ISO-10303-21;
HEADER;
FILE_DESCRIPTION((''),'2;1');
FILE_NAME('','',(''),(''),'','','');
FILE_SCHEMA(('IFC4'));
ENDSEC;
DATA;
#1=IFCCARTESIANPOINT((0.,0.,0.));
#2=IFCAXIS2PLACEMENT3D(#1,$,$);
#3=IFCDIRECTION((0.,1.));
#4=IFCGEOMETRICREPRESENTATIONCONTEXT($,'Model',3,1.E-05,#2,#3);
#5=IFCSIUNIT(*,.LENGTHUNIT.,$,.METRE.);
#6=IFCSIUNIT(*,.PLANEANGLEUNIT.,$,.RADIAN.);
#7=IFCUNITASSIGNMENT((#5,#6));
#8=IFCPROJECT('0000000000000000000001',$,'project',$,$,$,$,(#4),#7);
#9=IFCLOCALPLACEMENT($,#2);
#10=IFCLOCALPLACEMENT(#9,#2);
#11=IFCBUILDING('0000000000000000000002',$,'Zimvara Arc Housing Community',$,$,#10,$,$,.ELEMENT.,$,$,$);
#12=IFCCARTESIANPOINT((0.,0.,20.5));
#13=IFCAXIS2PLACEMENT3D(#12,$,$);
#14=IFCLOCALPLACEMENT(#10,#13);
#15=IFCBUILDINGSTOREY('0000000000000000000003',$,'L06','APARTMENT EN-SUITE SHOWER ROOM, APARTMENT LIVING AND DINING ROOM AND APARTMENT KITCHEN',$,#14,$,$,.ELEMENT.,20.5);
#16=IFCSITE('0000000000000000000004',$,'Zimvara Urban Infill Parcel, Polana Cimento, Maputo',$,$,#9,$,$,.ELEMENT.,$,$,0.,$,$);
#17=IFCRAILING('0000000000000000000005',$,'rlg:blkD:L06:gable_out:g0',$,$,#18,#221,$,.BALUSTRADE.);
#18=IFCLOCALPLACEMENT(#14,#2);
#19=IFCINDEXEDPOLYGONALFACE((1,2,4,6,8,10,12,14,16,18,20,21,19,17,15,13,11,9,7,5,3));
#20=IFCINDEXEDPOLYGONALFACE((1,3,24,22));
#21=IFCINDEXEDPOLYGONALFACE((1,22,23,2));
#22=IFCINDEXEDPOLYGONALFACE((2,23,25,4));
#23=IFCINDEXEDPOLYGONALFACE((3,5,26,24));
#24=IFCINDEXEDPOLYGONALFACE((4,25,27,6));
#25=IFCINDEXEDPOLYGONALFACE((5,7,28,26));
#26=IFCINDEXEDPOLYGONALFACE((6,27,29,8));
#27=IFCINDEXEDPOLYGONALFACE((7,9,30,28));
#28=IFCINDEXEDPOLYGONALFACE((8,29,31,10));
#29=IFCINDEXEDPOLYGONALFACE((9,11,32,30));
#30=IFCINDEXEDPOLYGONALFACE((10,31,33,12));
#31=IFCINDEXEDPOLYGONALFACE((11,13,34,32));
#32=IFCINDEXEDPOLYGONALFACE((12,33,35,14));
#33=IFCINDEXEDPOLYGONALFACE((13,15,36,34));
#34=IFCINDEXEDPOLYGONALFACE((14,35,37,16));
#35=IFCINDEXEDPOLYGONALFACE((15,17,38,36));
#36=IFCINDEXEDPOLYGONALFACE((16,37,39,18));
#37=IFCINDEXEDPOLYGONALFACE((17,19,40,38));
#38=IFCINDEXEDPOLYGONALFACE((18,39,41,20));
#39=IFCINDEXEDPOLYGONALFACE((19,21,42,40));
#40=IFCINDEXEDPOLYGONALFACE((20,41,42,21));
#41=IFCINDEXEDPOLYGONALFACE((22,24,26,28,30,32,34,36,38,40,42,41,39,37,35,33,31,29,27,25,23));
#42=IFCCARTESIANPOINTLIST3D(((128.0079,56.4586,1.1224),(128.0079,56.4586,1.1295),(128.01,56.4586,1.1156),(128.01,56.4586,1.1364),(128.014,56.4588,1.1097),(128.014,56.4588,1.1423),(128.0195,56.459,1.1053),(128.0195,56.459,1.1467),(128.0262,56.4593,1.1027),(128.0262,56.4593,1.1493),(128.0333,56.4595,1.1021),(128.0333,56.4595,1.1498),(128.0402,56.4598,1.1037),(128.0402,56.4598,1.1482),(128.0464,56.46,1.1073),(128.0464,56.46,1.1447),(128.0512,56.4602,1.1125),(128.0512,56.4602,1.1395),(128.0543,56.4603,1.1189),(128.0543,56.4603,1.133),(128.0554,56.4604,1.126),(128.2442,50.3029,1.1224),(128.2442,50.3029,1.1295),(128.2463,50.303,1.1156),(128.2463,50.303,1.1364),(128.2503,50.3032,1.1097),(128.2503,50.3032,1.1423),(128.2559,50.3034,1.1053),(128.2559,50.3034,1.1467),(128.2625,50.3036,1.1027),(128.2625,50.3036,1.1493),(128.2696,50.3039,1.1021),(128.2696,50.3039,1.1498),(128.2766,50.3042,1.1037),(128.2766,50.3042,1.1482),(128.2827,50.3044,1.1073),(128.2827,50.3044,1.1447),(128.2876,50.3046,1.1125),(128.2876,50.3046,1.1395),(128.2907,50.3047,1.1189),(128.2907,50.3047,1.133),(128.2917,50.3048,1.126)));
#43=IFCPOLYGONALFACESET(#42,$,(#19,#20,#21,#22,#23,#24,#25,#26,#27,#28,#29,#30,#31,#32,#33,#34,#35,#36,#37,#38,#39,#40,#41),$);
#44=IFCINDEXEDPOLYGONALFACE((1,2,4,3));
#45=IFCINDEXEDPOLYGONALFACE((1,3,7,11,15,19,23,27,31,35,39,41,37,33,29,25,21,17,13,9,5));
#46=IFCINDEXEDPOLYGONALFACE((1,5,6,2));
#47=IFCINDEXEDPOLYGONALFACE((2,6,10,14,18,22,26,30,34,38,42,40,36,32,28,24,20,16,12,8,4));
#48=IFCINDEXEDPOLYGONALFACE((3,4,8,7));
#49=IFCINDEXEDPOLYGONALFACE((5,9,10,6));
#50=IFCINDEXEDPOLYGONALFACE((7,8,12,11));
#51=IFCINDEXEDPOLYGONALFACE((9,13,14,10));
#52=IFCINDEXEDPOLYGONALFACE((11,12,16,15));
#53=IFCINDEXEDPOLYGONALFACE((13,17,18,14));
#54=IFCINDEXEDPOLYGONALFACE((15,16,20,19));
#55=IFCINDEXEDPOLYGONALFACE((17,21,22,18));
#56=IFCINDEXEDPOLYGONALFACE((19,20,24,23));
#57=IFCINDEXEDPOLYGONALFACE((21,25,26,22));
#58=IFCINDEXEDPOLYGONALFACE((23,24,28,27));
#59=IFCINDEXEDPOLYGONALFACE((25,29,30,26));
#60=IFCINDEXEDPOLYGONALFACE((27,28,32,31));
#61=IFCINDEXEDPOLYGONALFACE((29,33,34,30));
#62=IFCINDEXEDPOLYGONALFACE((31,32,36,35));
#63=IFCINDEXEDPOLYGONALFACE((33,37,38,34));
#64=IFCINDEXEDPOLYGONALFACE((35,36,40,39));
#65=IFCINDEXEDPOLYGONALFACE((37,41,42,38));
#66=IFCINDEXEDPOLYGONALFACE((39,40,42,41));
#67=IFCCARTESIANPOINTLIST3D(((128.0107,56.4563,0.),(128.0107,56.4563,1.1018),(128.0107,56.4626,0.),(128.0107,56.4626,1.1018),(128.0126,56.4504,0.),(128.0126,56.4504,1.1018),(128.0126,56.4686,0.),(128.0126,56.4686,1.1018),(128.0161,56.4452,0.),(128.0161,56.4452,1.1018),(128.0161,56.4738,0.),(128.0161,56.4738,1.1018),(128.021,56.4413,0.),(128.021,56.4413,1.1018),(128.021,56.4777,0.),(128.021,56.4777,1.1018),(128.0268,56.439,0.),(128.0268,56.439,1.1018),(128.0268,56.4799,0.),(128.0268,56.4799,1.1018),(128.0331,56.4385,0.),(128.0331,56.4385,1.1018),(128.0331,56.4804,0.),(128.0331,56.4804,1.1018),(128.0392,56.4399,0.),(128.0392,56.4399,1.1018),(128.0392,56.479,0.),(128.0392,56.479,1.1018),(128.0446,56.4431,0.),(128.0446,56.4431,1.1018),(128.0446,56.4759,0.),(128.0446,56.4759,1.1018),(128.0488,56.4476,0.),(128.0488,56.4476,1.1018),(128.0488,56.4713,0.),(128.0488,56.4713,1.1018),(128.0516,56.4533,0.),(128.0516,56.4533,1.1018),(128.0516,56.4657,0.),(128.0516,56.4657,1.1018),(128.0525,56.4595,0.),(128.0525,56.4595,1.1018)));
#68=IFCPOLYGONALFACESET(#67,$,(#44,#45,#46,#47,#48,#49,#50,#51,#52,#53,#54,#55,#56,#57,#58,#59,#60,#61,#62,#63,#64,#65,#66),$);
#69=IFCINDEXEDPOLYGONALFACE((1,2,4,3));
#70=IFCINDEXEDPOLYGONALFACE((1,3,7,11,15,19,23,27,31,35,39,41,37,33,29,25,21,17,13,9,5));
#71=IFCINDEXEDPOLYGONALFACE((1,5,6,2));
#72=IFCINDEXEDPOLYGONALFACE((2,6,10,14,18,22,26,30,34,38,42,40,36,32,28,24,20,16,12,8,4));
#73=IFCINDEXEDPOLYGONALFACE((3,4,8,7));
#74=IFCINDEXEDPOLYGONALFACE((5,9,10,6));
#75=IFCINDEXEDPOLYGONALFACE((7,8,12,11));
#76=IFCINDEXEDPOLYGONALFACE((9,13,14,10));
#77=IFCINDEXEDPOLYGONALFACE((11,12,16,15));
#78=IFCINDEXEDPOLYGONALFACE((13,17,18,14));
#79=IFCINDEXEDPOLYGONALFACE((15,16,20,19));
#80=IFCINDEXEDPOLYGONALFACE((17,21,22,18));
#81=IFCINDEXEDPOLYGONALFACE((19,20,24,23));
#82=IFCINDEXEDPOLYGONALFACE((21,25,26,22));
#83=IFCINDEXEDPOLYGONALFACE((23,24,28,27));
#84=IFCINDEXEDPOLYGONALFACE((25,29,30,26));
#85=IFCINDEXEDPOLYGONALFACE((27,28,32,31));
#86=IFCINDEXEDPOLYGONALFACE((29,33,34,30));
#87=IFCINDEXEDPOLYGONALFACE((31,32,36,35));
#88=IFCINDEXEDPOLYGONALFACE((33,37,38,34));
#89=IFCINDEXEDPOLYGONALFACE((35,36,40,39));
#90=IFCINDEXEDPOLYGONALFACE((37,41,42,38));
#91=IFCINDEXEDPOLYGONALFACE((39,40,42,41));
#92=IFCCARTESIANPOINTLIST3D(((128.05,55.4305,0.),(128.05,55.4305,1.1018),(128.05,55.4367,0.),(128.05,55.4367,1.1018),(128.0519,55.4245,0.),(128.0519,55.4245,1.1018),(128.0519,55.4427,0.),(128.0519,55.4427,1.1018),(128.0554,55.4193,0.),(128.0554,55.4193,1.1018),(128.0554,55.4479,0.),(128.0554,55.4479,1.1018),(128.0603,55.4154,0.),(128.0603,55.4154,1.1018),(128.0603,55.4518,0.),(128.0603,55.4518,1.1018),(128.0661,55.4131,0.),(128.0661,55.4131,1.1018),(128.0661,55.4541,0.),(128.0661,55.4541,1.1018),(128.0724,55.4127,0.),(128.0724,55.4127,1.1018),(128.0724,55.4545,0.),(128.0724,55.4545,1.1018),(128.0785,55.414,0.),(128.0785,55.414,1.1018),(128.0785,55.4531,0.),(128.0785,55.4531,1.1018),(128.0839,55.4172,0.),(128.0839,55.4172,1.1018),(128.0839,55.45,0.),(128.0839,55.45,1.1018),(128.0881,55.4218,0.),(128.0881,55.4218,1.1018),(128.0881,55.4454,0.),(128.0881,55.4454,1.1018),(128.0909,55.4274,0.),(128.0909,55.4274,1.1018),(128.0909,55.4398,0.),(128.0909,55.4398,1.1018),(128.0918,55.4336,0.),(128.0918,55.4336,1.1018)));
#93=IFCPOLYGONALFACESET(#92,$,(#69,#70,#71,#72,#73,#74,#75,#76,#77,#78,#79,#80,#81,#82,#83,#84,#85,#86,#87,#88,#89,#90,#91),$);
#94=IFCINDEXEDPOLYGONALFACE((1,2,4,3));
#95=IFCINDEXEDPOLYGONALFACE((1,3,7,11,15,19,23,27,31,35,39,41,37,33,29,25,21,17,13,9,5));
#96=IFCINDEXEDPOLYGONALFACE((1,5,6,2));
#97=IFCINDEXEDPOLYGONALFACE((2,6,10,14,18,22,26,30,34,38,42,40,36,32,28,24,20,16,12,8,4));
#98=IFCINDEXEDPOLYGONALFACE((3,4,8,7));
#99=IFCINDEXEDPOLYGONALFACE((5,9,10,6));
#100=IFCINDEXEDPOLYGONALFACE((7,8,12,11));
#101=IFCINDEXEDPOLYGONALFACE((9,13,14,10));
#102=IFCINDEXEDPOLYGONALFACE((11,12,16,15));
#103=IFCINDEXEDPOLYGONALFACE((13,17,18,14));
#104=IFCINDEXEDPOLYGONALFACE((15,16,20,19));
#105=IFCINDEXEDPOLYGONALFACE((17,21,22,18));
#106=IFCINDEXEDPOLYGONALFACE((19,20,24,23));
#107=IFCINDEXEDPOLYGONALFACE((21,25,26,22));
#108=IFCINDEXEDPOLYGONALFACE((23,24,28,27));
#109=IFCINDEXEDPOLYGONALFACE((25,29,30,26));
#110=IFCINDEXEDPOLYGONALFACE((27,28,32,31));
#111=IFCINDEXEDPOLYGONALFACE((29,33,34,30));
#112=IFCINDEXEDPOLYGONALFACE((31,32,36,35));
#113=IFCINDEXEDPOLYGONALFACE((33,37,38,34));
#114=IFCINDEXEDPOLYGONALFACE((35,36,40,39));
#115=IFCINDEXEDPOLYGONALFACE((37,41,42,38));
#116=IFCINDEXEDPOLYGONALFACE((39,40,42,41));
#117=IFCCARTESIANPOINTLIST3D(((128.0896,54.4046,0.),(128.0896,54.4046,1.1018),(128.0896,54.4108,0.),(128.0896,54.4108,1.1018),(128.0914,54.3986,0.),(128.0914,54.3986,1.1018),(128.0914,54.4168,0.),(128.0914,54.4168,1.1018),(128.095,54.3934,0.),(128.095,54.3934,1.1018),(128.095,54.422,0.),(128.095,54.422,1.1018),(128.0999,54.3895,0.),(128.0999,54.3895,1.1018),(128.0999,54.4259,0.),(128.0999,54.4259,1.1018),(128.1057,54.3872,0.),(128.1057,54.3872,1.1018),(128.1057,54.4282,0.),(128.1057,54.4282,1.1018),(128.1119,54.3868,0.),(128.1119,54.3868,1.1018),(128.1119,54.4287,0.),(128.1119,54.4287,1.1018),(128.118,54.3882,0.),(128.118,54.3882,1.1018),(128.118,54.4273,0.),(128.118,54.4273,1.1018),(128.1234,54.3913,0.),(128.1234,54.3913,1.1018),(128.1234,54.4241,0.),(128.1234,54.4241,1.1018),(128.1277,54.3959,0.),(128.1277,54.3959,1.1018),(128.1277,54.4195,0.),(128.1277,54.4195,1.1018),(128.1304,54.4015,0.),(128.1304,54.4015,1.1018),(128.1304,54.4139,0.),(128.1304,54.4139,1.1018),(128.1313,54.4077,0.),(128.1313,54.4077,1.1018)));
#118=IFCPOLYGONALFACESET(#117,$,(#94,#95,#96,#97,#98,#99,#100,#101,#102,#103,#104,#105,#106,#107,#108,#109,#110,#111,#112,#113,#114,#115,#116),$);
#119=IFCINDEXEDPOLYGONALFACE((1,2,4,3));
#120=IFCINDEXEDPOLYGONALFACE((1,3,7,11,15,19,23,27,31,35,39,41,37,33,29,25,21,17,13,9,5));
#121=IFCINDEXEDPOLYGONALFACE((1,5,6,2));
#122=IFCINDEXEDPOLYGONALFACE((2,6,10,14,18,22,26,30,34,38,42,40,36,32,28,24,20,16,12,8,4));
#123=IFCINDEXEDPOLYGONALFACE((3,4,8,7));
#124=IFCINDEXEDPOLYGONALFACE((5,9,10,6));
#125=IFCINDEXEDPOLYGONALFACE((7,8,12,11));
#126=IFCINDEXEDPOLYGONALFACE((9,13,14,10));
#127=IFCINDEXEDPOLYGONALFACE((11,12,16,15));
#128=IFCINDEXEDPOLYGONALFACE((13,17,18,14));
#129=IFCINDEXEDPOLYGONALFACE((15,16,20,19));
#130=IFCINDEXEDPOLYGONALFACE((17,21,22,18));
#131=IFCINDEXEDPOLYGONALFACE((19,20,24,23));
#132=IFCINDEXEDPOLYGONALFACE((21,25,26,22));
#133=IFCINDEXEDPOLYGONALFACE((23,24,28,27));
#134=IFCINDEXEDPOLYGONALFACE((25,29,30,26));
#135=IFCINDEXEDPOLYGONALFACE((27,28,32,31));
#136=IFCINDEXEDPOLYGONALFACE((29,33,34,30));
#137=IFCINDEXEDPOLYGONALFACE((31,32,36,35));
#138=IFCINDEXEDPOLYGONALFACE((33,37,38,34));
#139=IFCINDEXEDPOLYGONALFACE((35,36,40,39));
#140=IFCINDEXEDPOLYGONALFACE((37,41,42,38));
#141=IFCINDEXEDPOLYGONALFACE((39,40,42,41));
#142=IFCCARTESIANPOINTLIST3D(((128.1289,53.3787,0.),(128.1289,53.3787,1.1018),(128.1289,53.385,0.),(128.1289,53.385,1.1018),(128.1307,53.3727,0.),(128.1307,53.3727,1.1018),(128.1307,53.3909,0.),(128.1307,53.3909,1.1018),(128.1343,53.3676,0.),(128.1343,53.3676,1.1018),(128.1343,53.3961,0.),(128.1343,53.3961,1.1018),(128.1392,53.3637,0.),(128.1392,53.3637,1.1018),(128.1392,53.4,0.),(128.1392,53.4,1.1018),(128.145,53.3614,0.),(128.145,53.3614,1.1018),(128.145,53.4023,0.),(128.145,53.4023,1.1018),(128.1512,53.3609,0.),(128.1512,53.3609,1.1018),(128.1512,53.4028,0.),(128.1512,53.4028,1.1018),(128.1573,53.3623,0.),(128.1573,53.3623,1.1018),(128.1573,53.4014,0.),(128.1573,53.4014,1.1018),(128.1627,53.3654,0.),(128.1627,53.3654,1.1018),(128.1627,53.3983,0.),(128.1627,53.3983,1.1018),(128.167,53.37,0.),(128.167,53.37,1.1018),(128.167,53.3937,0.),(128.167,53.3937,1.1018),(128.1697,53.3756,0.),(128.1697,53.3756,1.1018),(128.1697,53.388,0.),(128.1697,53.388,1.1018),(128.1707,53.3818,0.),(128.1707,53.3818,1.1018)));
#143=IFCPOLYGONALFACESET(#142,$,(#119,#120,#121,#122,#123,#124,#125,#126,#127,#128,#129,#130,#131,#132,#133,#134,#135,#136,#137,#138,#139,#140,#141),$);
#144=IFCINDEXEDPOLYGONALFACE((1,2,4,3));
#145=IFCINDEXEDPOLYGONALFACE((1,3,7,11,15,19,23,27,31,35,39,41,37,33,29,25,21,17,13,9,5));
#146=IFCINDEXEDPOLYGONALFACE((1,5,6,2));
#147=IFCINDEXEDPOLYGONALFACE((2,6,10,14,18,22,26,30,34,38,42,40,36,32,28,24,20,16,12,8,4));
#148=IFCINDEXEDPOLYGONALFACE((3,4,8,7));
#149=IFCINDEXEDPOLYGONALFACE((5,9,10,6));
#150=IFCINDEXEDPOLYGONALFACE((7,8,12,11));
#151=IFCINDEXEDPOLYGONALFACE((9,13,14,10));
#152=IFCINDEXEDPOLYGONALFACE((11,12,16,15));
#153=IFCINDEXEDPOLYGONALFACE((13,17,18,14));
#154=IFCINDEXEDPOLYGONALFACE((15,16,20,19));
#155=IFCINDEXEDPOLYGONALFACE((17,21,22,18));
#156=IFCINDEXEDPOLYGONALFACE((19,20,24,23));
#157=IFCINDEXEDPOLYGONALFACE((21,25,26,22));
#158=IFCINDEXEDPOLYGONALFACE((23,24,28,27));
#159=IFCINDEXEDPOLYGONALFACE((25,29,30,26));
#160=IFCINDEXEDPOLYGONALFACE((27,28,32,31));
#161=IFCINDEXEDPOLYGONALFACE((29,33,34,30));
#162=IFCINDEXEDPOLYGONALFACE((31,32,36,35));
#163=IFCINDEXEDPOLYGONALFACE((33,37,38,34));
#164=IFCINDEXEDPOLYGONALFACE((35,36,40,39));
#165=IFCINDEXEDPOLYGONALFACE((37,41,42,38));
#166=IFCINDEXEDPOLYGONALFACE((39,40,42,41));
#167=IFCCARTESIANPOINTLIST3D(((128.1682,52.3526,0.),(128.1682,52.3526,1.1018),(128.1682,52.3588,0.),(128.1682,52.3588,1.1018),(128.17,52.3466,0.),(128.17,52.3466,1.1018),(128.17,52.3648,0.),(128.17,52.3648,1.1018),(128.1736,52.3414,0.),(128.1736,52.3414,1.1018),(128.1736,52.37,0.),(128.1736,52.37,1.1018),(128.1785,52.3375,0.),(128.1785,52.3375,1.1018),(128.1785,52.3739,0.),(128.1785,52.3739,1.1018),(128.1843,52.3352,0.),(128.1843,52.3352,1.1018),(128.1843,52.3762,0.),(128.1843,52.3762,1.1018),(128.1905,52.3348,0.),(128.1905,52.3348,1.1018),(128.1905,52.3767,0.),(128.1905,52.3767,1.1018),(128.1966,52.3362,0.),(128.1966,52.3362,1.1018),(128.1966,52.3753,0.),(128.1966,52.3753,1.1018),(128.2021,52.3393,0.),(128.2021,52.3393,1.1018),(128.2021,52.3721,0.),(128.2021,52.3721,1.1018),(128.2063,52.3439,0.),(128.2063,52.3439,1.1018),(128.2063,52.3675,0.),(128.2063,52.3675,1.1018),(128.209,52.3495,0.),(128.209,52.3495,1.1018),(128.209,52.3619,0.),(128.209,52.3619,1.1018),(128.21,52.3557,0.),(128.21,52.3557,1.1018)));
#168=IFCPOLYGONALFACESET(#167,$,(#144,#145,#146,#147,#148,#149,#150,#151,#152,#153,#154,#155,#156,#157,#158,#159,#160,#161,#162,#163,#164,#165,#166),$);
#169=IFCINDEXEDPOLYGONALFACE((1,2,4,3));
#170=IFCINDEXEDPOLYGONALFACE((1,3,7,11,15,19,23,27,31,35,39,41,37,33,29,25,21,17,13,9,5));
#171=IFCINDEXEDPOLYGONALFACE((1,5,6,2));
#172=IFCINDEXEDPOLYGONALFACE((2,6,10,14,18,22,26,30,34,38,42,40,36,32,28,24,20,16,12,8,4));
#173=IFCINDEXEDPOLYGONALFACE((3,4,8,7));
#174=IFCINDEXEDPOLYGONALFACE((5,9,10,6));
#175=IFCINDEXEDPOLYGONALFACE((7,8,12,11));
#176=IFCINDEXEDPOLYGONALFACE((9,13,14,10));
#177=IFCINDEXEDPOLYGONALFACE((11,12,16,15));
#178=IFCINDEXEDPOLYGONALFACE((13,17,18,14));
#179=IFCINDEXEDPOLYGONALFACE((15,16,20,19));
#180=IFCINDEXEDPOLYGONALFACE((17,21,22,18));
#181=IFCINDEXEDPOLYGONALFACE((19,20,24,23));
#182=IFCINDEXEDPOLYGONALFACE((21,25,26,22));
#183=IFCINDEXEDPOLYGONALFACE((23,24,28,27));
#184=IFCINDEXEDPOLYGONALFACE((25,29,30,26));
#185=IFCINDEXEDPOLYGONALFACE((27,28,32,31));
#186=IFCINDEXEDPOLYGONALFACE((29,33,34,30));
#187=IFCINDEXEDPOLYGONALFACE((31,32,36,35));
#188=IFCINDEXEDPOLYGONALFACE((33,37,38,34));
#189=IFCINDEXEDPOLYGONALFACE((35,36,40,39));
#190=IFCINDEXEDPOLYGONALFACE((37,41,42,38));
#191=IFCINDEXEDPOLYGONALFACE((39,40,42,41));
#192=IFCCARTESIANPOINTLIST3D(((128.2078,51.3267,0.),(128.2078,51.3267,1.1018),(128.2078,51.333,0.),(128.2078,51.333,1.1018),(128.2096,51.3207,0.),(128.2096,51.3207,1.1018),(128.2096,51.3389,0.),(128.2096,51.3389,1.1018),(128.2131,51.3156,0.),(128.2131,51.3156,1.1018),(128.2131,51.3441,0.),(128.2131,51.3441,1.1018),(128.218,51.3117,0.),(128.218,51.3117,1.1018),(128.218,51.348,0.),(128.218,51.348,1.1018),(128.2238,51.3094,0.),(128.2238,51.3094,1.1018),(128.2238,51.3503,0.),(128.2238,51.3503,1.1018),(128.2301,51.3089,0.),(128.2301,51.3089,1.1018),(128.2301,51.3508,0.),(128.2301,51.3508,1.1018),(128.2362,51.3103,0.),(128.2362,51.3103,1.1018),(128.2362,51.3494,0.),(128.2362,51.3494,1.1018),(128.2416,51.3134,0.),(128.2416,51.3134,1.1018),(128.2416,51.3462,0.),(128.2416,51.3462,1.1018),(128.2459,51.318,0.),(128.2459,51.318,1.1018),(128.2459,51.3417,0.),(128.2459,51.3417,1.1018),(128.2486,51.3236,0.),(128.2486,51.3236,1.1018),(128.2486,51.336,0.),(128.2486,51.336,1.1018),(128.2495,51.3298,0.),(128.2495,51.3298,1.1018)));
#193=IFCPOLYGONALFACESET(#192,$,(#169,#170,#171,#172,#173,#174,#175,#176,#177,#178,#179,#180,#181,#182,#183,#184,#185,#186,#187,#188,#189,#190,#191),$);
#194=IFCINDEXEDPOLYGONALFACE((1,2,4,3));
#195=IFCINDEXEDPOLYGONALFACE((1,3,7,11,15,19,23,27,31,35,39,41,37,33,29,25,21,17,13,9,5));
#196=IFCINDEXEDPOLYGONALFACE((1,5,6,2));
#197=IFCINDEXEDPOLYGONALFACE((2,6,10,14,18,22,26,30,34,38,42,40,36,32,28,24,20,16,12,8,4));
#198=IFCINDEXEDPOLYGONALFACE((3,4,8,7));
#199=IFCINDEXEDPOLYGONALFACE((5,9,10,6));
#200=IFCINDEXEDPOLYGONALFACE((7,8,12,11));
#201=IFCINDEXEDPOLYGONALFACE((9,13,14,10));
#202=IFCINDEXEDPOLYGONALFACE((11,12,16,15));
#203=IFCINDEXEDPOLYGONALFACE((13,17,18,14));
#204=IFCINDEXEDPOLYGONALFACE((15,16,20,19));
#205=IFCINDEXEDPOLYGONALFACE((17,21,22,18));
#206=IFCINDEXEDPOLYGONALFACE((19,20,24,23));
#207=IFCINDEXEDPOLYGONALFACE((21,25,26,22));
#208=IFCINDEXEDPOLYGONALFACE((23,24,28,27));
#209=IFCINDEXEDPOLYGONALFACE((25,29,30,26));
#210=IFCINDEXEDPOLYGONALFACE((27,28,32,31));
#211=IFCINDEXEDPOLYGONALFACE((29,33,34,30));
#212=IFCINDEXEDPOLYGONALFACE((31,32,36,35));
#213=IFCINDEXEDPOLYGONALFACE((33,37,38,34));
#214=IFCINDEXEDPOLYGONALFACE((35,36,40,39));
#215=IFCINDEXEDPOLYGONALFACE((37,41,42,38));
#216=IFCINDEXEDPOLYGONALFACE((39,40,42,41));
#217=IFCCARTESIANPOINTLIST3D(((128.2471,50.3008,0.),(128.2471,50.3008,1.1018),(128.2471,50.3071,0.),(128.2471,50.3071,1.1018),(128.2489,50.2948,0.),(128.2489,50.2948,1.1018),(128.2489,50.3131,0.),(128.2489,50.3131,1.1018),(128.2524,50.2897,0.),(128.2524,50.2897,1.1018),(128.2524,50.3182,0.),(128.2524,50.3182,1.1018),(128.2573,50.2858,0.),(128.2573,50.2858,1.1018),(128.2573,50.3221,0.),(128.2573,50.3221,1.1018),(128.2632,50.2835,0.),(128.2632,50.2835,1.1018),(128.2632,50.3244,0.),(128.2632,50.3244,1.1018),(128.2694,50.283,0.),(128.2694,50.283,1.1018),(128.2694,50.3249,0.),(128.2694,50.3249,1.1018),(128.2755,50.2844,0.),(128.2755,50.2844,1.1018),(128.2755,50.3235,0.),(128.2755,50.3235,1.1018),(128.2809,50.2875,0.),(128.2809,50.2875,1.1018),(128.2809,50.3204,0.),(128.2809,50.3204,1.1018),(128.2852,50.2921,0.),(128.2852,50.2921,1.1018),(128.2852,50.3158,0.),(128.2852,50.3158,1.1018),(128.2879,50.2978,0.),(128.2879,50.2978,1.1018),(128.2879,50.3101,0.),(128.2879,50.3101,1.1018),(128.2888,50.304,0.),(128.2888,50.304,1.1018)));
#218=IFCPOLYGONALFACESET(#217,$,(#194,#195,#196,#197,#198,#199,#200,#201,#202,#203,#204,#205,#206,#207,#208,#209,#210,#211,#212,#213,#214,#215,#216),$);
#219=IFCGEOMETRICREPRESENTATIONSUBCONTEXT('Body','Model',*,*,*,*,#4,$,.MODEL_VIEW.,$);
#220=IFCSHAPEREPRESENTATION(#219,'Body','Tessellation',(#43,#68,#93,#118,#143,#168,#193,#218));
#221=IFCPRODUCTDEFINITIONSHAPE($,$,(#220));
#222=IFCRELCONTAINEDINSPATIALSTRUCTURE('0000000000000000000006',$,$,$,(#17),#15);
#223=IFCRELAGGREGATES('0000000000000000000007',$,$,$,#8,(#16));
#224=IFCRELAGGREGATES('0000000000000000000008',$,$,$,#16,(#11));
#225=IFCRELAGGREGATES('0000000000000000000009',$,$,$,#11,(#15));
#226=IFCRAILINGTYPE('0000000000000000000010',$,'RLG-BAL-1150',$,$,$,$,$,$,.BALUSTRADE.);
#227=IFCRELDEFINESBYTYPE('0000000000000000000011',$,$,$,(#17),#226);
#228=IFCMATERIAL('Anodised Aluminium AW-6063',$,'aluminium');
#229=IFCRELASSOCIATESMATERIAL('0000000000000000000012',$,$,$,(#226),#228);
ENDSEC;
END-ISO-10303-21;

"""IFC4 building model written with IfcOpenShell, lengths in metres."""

from ifc_helpers import new_model, si_unit, direction, frame, origin, origin_2d, place, context, subcontext, project, spatial, circle, extrude, material, type_object, element, save


model = new_model("IFC4")

# Units and contexts
model_context = context("Model", 3, precision=1e-05, world=origin(), true_north=direction((0.0, 1.0)))
body_context = subcontext(model_context, "Body", "Model", "MODEL_VIEW")
ifc_project = project(units=[si_unit("LENGTHUNIT", "METRE"), si_unit("PLANEANGLEUNIT", "RADIAN")], contexts=[model_context])

# Site, building, storey
site_placement = place(None, origin())
site = spatial("IfcSite", under=ifc_project, at=site_placement, Name="Zimvara Urban Infill Parcel, Polana Cimento, Maputo", CompositionType="ELEMENT", RefElevation=0.0)
building_placement = place(site_placement, origin())
building = spatial("IfcBuilding", under=site, at=building_placement, Name="Zimvara Arc Housing Community", CompositionType="ELEMENT")
storey_placement = place(building_placement, frame((0.0, 0.0, 20.5)))
storey = spatial("IfcBuildingStorey", under=building, at=storey_placement, Name="L06", Description="APARTMENT EN-SUITE SHOWER ROOM, APARTMENT LIVING AND DINING ROOM AND APARTMENT KITCHEN", CompositionType="ELEMENT", Elevation=20.5)

# Railing
ifc_material_1 = material(Name="Anodised Aluminium AW-6063", Category="aluminium")
railing_type = type_object("IfcRailingType", Name="RLG-BAL-1150", PredefinedType="BALUSTRADE", material=ifc_material_1)
railing_1_placement = place(storey_placement, frame((128.0315, 56.4595, 0.0)))
element("IfcRailing", 1, at=railing_1_placement, inside=storey, type_object=railing_type, Name="rlg:blkD:L06:gable_out:g0", PredefinedType="BALUSTRADE", context=body_context, shape_type="SweptSolid", body=[
    extrude(circle(Radius=0.0239, at=origin_2d()), frame((0.0, 0.0, 1.126), z_axis=(0.038365, -0.999264, 0.0), x_axis=(0.999264, 0.038365, 0.0)), (0.0, 0.0, 1.0), 6.1602),
    extrude(circle(Radius=0.021, at=origin_2d()), origin(), (0.0, 0.0, 1.0), 1.1018),
    extrude(circle(Radius=0.021, at=origin_2d()), frame((0.0393, -1.0259, 0.0)), (0.0, 0.0, 1.0), 1.1018),
    extrude(circle(Radius=0.021, at=origin_2d()), frame((0.0789, -2.0518, 0.0)), (0.0, 0.0, 1.0), 1.1018),
    extrude(circle(Radius=0.021, at=origin_2d()), frame((0.1182, -3.0776, 0.0)), (0.0, 0.0, 1.0), 1.1018),
    extrude(circle(Radius=0.021, at=origin_2d()), frame((0.1575, -4.1038, 0.0)), (0.0, 0.0, 1.0), 1.1018),
    extrude(circle(Radius=0.021, at=origin_2d()), frame((0.197, -5.1296, 0.0)), (0.0, 0.0, 1.0), 1.1018),
    extrude(circle(Radius=0.021, at=origin_2d()), frame((0.2363, -6.1555, 0.0)), (0.0, 0.0, 1.0), 1.1018),
])

save(model, "model.ifc")
